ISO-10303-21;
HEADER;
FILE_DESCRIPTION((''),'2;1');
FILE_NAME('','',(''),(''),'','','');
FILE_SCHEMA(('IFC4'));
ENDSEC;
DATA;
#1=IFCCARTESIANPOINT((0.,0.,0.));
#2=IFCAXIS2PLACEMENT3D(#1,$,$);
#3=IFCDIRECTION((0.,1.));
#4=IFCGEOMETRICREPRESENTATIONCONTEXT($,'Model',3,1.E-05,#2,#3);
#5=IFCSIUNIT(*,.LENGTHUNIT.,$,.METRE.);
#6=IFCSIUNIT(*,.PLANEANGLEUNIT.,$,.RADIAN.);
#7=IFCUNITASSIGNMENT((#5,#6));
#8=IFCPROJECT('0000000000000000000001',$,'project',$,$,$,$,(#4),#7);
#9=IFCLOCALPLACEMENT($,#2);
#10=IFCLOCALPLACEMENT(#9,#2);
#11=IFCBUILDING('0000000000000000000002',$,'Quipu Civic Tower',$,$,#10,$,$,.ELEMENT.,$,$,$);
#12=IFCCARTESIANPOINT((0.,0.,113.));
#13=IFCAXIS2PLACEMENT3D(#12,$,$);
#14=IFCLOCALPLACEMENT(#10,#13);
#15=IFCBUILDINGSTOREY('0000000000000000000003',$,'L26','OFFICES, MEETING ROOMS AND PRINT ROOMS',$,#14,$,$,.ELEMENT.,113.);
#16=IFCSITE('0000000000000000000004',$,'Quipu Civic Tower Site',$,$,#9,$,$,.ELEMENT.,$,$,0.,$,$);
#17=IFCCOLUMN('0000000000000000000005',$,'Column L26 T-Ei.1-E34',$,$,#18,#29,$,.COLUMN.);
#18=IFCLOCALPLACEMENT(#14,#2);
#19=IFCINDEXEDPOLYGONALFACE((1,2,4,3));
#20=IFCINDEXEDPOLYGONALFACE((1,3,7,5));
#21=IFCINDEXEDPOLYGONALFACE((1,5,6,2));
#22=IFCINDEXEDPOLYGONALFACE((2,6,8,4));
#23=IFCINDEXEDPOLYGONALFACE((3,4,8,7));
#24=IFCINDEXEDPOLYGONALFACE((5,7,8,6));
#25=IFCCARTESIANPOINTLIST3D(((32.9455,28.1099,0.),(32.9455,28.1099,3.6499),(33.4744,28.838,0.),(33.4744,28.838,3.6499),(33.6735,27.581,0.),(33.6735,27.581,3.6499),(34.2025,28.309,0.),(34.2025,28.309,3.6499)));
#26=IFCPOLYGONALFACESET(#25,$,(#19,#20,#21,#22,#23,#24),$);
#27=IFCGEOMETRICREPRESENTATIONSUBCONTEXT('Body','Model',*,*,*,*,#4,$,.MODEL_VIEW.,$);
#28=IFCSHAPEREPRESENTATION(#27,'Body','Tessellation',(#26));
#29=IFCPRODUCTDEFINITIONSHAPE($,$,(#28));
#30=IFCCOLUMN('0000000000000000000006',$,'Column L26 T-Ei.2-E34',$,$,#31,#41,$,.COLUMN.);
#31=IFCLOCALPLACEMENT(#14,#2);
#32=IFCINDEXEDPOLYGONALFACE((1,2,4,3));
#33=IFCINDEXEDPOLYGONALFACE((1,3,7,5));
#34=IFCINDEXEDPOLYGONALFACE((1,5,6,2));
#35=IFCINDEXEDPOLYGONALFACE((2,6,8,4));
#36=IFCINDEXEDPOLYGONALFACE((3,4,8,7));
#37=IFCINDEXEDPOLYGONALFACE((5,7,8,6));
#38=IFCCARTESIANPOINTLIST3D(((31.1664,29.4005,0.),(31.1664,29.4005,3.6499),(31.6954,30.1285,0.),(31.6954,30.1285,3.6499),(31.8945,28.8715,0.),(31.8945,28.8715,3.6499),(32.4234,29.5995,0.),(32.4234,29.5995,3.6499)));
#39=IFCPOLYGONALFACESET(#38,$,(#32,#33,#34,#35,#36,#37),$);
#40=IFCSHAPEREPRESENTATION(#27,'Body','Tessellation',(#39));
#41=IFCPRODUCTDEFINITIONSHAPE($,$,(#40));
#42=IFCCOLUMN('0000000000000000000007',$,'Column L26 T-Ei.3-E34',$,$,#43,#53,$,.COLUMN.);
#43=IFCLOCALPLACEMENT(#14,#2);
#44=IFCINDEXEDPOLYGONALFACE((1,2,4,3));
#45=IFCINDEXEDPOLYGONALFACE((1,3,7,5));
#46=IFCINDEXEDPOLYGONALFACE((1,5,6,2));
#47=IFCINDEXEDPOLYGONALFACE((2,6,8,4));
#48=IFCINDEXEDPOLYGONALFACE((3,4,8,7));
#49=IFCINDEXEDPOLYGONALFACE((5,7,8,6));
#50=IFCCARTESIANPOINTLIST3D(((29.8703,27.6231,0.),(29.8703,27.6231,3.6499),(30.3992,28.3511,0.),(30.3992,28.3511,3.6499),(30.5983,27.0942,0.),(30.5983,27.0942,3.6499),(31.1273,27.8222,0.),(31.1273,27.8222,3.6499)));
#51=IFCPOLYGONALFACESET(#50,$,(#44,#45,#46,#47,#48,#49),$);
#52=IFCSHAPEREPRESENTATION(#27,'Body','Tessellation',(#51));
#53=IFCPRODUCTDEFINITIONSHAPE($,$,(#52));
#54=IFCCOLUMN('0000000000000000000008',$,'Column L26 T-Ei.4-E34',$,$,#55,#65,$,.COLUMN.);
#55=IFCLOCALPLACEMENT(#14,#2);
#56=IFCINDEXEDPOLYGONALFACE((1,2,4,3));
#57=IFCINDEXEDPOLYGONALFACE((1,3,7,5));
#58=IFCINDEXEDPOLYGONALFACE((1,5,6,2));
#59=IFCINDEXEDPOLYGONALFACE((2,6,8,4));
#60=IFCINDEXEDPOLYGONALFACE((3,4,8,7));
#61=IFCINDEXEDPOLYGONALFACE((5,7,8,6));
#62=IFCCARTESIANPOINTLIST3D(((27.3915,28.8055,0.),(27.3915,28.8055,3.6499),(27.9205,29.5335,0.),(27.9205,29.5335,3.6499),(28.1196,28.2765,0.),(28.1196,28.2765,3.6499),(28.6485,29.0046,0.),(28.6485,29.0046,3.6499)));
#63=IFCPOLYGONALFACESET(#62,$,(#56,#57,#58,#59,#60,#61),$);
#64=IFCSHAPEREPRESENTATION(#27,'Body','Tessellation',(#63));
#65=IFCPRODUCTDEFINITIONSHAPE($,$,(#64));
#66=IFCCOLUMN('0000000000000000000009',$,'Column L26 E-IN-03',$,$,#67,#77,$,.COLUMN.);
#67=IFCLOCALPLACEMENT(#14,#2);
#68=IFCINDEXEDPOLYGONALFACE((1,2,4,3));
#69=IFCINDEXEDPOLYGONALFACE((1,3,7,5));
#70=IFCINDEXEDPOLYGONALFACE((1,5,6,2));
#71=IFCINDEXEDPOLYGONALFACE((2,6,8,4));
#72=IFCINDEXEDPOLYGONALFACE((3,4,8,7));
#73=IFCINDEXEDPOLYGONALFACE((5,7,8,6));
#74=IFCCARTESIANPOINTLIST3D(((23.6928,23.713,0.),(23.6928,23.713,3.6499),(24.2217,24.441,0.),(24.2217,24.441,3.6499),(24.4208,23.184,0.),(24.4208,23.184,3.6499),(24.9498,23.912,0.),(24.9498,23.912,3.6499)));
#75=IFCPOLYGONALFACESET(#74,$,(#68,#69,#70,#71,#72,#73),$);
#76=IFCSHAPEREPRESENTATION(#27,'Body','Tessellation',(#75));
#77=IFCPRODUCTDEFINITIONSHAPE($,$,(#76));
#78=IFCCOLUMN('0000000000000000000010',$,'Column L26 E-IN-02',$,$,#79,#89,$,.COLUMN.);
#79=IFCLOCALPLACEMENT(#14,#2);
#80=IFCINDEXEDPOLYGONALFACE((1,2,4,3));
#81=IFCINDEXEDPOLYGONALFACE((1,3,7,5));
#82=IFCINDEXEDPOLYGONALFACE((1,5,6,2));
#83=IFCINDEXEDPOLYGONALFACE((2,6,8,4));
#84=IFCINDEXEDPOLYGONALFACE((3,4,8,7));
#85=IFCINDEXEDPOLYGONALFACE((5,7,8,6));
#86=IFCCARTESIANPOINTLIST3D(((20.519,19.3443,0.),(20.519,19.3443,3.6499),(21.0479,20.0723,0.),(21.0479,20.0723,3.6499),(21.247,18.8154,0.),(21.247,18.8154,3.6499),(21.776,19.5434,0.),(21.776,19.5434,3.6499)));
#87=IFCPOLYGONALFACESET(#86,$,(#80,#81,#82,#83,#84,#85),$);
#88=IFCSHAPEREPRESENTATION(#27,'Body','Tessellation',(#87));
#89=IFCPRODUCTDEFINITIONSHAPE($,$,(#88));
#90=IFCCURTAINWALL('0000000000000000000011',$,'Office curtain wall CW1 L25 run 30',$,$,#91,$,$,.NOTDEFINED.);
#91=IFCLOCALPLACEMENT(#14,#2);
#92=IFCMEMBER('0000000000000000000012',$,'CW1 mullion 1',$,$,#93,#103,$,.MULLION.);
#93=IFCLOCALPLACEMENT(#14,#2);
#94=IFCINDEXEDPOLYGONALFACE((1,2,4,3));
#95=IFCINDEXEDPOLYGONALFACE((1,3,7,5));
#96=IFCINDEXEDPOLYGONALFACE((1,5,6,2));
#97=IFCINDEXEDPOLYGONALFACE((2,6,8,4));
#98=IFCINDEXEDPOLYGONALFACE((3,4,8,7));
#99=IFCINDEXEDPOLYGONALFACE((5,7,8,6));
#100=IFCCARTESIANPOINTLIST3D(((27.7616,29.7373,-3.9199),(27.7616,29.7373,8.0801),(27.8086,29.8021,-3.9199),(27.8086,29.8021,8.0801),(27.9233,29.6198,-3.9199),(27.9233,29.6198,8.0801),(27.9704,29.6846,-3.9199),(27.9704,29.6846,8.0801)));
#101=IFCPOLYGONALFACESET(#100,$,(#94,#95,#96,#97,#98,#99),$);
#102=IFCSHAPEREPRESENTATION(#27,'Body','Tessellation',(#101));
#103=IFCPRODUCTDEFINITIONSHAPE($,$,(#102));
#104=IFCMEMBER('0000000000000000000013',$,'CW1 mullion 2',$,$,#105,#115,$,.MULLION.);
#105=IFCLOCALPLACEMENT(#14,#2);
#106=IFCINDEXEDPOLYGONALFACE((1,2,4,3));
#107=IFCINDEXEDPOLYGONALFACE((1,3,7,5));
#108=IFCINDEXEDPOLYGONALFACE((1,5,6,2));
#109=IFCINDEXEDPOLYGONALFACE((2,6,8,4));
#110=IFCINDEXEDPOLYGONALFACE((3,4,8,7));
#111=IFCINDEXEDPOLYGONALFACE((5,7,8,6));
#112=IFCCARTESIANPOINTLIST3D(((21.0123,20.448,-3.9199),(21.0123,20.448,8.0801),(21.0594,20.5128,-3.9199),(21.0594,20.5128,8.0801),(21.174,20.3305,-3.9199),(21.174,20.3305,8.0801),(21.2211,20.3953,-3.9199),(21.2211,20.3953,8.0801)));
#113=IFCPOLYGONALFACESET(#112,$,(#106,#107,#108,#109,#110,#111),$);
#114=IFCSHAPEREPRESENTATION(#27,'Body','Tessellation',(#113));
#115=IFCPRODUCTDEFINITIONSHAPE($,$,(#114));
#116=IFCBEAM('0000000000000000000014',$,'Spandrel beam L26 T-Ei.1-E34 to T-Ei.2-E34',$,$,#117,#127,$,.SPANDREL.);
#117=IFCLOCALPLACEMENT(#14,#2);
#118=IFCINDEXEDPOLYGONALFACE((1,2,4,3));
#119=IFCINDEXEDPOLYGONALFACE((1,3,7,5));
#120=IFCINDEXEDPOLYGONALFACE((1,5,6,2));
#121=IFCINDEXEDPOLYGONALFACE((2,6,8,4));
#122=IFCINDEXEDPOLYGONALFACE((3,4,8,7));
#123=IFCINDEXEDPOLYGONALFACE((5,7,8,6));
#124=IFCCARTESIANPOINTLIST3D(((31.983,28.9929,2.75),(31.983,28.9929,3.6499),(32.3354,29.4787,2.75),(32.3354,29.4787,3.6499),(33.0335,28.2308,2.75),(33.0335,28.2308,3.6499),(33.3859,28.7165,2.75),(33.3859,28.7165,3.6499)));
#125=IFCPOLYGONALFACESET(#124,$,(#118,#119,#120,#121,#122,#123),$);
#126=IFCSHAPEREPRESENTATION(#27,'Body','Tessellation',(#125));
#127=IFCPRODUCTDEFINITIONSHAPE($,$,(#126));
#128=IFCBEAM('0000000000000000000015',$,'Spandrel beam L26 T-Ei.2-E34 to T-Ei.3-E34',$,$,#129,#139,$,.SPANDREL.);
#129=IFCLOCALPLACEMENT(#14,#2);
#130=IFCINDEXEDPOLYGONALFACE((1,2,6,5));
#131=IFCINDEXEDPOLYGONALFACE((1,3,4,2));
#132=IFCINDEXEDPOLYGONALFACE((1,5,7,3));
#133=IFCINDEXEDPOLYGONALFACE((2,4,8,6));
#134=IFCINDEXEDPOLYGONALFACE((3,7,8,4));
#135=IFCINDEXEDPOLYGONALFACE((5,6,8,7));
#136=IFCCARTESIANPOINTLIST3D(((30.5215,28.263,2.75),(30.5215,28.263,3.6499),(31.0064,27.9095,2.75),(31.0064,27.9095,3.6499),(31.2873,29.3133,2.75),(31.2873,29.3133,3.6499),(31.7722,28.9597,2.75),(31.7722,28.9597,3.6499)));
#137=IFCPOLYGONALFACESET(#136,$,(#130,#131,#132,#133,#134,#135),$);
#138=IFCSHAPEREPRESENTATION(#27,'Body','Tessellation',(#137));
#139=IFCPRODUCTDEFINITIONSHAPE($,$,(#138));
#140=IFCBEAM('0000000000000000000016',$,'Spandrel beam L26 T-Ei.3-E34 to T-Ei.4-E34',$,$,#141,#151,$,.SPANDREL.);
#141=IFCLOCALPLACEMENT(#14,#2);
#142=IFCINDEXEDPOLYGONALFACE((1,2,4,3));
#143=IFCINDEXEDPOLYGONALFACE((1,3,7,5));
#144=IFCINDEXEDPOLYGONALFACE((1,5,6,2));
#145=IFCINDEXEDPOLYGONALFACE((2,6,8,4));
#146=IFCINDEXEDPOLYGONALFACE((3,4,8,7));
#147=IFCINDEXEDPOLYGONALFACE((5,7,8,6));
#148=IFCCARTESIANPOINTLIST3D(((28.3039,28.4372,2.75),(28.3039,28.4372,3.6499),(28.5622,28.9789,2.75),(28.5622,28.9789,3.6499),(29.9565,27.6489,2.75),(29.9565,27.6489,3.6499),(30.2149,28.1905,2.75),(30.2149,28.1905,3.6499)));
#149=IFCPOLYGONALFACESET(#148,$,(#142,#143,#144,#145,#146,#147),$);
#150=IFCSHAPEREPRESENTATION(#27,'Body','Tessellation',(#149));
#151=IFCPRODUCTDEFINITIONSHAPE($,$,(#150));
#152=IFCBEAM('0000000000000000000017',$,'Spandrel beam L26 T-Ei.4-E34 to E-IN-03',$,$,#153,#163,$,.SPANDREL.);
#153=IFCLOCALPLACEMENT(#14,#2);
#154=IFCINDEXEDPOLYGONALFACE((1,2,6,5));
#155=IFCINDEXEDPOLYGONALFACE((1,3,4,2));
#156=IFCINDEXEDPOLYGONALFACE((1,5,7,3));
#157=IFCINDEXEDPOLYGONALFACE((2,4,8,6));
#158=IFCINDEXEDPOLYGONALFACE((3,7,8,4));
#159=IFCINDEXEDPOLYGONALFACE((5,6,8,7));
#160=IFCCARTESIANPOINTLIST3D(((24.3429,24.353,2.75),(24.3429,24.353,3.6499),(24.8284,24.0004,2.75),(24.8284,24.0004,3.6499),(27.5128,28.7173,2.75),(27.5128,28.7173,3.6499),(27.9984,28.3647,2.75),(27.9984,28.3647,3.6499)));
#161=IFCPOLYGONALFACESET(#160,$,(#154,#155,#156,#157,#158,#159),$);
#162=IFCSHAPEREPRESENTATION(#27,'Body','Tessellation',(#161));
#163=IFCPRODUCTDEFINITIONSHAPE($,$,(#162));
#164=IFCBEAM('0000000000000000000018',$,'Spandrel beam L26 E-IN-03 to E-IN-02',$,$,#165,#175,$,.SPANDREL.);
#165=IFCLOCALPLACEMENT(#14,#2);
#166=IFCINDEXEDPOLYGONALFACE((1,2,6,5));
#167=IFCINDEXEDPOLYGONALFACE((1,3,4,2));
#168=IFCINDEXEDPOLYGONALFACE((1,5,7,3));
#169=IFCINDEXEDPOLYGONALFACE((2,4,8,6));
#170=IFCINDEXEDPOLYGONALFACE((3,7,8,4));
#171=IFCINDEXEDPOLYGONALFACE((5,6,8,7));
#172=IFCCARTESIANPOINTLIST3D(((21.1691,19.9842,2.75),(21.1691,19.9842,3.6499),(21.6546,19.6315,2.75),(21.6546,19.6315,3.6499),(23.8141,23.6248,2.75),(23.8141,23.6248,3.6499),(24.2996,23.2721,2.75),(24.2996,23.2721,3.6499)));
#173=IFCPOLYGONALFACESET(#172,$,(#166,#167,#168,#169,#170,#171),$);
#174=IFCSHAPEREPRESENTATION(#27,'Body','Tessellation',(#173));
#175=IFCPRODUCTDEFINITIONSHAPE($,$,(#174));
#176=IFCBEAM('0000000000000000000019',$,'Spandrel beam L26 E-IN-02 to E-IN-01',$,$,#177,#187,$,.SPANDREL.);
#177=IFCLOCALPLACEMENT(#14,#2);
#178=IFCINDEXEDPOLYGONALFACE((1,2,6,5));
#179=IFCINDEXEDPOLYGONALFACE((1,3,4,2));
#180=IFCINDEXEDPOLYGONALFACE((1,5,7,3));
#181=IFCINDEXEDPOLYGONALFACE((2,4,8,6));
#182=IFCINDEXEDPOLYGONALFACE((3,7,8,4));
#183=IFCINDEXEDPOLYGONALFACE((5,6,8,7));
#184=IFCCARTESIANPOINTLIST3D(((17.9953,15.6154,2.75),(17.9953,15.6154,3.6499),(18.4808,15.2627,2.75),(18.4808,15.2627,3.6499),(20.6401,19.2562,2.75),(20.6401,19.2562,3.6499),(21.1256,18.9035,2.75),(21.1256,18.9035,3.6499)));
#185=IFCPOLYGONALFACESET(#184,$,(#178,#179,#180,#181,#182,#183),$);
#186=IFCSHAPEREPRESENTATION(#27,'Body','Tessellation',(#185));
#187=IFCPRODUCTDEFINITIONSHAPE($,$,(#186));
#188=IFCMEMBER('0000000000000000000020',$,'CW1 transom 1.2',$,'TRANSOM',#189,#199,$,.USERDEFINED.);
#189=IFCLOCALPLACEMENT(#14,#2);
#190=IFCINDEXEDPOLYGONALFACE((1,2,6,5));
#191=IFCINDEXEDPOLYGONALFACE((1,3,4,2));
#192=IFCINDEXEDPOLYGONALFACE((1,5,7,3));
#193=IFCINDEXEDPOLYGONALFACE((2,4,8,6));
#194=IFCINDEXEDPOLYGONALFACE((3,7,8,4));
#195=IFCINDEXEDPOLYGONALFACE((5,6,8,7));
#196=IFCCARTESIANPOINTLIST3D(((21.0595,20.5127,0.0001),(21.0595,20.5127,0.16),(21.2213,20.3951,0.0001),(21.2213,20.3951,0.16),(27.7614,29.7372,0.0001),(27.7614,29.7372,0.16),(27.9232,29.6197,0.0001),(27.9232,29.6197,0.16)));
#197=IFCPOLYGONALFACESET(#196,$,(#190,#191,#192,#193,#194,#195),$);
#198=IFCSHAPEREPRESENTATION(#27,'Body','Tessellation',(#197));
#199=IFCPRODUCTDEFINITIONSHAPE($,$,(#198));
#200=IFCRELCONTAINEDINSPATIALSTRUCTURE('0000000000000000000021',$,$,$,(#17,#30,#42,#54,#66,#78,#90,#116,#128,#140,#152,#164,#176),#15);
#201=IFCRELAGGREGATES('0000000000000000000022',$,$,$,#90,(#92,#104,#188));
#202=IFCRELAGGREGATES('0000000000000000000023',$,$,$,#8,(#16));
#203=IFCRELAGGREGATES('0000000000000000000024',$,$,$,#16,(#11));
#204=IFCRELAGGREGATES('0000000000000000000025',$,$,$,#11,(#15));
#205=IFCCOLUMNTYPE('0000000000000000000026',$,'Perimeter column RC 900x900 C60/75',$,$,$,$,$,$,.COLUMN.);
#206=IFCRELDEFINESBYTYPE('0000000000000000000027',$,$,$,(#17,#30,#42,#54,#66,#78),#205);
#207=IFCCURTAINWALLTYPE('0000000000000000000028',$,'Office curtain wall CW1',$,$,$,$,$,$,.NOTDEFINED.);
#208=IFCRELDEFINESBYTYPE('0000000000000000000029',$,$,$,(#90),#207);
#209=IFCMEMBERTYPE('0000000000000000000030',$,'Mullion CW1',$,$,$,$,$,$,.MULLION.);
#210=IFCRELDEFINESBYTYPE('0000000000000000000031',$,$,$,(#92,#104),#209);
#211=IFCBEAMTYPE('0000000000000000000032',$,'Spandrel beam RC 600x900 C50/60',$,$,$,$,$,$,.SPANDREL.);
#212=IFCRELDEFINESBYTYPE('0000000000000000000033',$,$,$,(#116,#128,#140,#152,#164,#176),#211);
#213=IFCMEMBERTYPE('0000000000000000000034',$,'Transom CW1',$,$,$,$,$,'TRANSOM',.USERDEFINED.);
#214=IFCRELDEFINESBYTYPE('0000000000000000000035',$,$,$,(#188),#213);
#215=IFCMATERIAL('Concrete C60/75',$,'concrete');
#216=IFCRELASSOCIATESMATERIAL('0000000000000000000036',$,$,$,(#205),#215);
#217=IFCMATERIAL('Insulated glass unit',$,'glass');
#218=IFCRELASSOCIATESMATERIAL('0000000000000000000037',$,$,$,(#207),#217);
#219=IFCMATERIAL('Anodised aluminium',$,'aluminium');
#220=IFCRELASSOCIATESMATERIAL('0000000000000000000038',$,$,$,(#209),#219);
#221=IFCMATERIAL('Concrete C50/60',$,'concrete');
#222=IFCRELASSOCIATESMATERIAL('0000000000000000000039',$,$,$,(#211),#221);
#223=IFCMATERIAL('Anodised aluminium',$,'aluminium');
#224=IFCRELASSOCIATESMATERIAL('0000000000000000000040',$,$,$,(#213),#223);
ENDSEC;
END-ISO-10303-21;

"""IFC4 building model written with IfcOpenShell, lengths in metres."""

from ifc_helpers import new_model, si_unit, direction, frame, origin, origin_2d, place, context, subcontext, project, spatial, rectangle, extrude, material, material_profile, profile_set, type_object, element, aggregate, save


model = new_model("IFC4")

# Units and contexts
model_context = context("Model", 3, precision=1e-05, world=origin(), true_north=direction((0.0, 1.0)))
body_context = subcontext(model_context, "Body", "Model", "MODEL_VIEW")
ifc_project = project(units=[si_unit("LENGTHUNIT", "METRE"), si_unit("PLANEANGLEUNIT", "RADIAN")], contexts=[model_context])

# Site, building, storey
site_placement = place(None, origin())
site = spatial("IfcSite", under=ifc_project, at=site_placement, Name="Quipu Civic Tower Site", CompositionType="ELEMENT", RefElevation=0.0)
building_placement = place(site_placement, origin())
building = spatial("IfcBuilding", under=site, at=building_placement, Name="Quipu Civic Tower", CompositionType="ELEMENT")
storey_placement = place(building_placement, frame((0.0, 0.0, 113.0)))
storey = spatial("IfcBuildingStorey", under=building, at=storey_placement, Name="L26", Description="OFFICES, MEETING ROOMS AND PRINT ROOMS", CompositionType="ELEMENT", Elevation=113.0)

# Columns
ifc_material_1 = material(Name="Concrete C60/75", Category="concrete")
ifc_material_profile_1 = material_profile(ifc_material_1, rectangle(XDim=0.8999, YDim=0.8999, at=origin_2d()), Name="RC900x900")
ifc_profile_set_1 = profile_set([ifc_material_profile_1], Name="Concrete C60/75")
column_type = type_object("IfcColumnType", Name="Perimeter column RC 900x900 C60/75", PredefinedType="COLUMN", material=ifc_profile_set_1)
for number, where, z_axis, x_axis, name in (
    (1, (33.574, 28.2095, 0.0), (0.0, 0.0, 1.0), (-0.809017, 0.587785, 0.0), "Column L26 T-Ei.1-E34"),
    (2, (31.7949, 29.5, 0.0), (0.0, 0.0, 1.0), (-0.587785, -0.809017, 0.0), "Column L26 T-Ei.2-E34"),
    (3, (30.4988, 27.7227, 0.0), (0.0, 0.0, 1.0), (-0.809017, 0.587785, 0.0), "Column L26 T-Ei.3-E34"),
    (4, (28.02, 28.905, 0.0), (0.0, 0.0, 1.0), (-0.809017, 0.587785, 0.0), "Column L26 T-Ei.4-E34"),
    (5, (24.3213, 23.8125, 0.0), (0.0, 0.0, 1.0), (-0.587785, -0.809017, 0.0), "Column L26 E-IN-03"),
    (6, (21.1475, 19.4438, 0.0), (0.0, 0.0, 1.0), (-0.587785, -0.809017, 0.0), "Column L26 E-IN-02"),
):
    element("IfcColumn", number, at=place(storey_placement, frame(where, z_axis=z_axis, x_axis=x_axis)), inside=storey, type_object=column_type, Name=name, PredefinedType="COLUMN", context=body_context, shape_type="SweptSolid", body=[
        extrude(rectangle(XDim=0.8999, YDim=0.8999, at=origin_2d()), origin(), (0.0, 0.0, 1.0), 3.6499),
    ])

# Curtain wall, members
ifc_material_2 = material(Name="Insulated glass unit", Category="glass")
curtain_wall_type = type_object("IfcCurtainWallType", Name="Office curtain wall CW1", PredefinedType="NOTDEFINED", material=ifc_material_2)
curtain_wall_placement = place(storey_placement, origin())
curtain_wall = element("IfcCurtainWall", 7, at=curtain_wall_placement, inside=storey, type_object=curtain_wall_type, Name="Office curtain wall CW1 L25 run 30", PredefinedType="NOTDEFINED")
ifc_material_3 = material(Name="Anodised aluminium", Category="aluminium")
ifc_material_profile_2 = material_profile(ifc_material_3, rectangle(XDim=0.2, YDim=0.0801, at=origin_2d()), Name="RECT 200x80")
ifc_profile_set_2 = profile_set([ifc_material_profile_2], Name="Anodised aluminium")
member_type_1 = type_object("IfcMemberType", Name="Mullion CW1", PredefinedType="MULLION", material=ifc_profile_set_2)
member_1_placement = place(storey_placement, frame((27.866, 29.7109, -3.9199), z_axis=(0.0, 0.0, 1.0), x_axis=(0.809014, -0.587789, 0.0)))
member_1 = element("IfcMember", 8, at=member_1_placement, type_object=member_type_1, Name="CW1 mullion 1", PredefinedType="MULLION", context=body_context, shape_type="SweptSolid", body=[
    extrude(rectangle(XDim=0.2, YDim=0.0801, at=origin_2d()), origin(), (0.0, 0.0, 1.0), 12.0),
])
member_2_placement = place(storey_placement, frame((21.1167, 20.4216, -3.9199), z_axis=(0.0, 0.0, 1.0), x_axis=(0.809014, -0.587789, 0.0)))
member_2 = element("IfcMember", 9, at=member_2_placement, type_object=member_type_1, Name="CW1 mullion 2", PredefinedType="MULLION", context=body_context, shape_type="SweptSolid", body=[
    extrude(rectangle(XDim=0.2, YDim=0.0801, at=origin_2d()), origin(), (0.0, 0.0, 1.0), 12.0),
])

# Beams
ifc_material_4 = material(Name="Concrete C50/60", Category="concrete")
ifc_material_profile_3 = material_profile(ifc_material_4, rectangle(XDim=0.6001, YDim=0.8999, at=origin_2d()), Name="RC600x900")
ifc_profile_set_3 = profile_set([ifc_material_profile_3], Name="Concrete C50/60")
beam_type = type_object("IfcBeamType", Name="Spandrel beam RC 600x900 C50/60", PredefinedType="SPANDREL", material=ifc_profile_set_3)
beam_1_placement = place(storey_placement, frame((33.2097, 28.4736, 3.2), z_axis=(-0.809403, 0.587254, 0.0), x_axis=(-0.587254, -0.809403, 0.0)))
element("IfcBeam", 10, at=beam_1_placement, inside=storey, type_object=beam_type, Name="Spandrel beam L26 T-Ei.1-E34 to T-Ei.2-E34", PredefinedType="SPANDREL", context=body_context, shape_type="SweptSolid", body=[
    extrude(rectangle(XDim=0.6001, YDim=0.8999, at=origin_2d()), origin(), (0.0, 0.0, 1.0), 1.2979),
])
beam_2_placement = place(storey_placement, frame((31.5298, 29.1365, 3.2), z_axis=(-0.589187, -0.807996, 0.0), x_axis=(0.807996, -0.589187, 0.0)))
element("IfcBeam", 11, at=beam_2_placement, inside=storey, type_object=beam_type, Name="Spandrel beam L26 T-Ei.2-E34 to T-Ei.3-E34", PredefinedType="SPANDREL", context=body_context, shape_type="SweptSolid", body=[
    extrude(rectangle(XDim=0.6001, YDim=0.8999, at=origin_2d()), origin(), (0.0, 0.0, 1.0), 1.2998),
])
beam_3_placement = place(storey_placement, frame((30.0857, 27.9197, 3.2), z_axis=(-0.902567, 0.430549, 0.0), x_axis=(-0.430549, -0.902567, 0.0)))
element("IfcBeam", 12, at=beam_3_placement, inside=storey, type_object=beam_type, Name="Spandrel beam L26 T-Ei.3-E34 to T-Ei.4-E34", PredefinedType="SPANDREL", context=body_context, shape_type="SweptSolid", body=[
    extrude(rectangle(XDim=0.6001, YDim=0.8999, at=origin_2d()), origin(), (0.0, 0.0, 1.0), 1.8311),
])
beam_4_placement = place(storey_placement, frame((27.7556, 28.541, 3.2), z_axis=(-0.587676, -0.809096, 0.0), x_axis=(0.809096, -0.587676, 0.0)))
element("IfcBeam", 13, at=beam_4_placement, inside=storey, type_object=beam_type, Name="Spandrel beam L26 T-Ei.4-E34 to E-IN-03", PredefinedType="SPANDREL", context=body_context, shape_type="SweptSolid", body=[
    extrude(rectangle(XDim=0.6001, YDim=0.8999, at=origin_2d()), origin(), (0.0, 0.0, 1.0), 5.394),
])
for number, where, z_axis, x_axis, name in (
    (14, (24.0569, 23.4485, 3.2), (-0.587778, -0.809022, 0.0), (0.809022, -0.587778, 0.0), "Spandrel beam L26 E-IN-03 to E-IN-02"),
    (15, (20.8828, 19.0798, 3.2), (-0.587717, -0.809067, 0.0), (0.809067, -0.587717, 0.0), "Spandrel beam L26 E-IN-02 to E-IN-01"),
):
    element("IfcBeam", number, at=place(storey_placement, frame(where, z_axis=z_axis, x_axis=x_axis)), inside=storey, type_object=beam_type, Name=name, PredefinedType="SPANDREL", context=body_context, shape_type="SweptSolid", body=[
        extrude(rectangle(XDim=0.6001, YDim=0.8999, at=origin_2d()), origin(), (0.0, 0.0, 1.0), 4.5),
    ])

# Member
ifc_material_5 = material(Name="Anodised aluminium", Category="aluminium")
ifc_material_profile_4 = material_profile(ifc_material_5, rectangle(XDim=0.2, YDim=0.1599, at=origin_2d()), Name="RECT 200x160")
ifc_profile_set_4 = profile_set([ifc_material_profile_4], Name="Anodised aluminium")
member_type_2 = type_object("IfcMemberType", Name="Transom CW1", ElementType="TRANSOM", PredefinedType="USERDEFINED", material=ifc_profile_set_4)
member_3_placement = place(storey_placement, frame((27.8423, 29.6785, 0.0801), z_axis=(-0.587776, -0.809024, 0.0), x_axis=(0.809024, -0.587776, 0.0)))
member_3 = element("IfcMember", 16, at=member_3_placement, type_object=member_type_2, Name="CW1 transom 1.2", ObjectType="TRANSOM", PredefinedType="USERDEFINED", context=body_context, shape_type="SweptSolid", body=[
    extrude(rectangle(XDim=0.2, YDim=0.1599, at=origin_2d()), origin(), (0.0, 0.0, 1.0), 11.4021),
])

aggregate(curtain_wall, [member_1, member_2, member_3])

save(model, "model.ifc")
